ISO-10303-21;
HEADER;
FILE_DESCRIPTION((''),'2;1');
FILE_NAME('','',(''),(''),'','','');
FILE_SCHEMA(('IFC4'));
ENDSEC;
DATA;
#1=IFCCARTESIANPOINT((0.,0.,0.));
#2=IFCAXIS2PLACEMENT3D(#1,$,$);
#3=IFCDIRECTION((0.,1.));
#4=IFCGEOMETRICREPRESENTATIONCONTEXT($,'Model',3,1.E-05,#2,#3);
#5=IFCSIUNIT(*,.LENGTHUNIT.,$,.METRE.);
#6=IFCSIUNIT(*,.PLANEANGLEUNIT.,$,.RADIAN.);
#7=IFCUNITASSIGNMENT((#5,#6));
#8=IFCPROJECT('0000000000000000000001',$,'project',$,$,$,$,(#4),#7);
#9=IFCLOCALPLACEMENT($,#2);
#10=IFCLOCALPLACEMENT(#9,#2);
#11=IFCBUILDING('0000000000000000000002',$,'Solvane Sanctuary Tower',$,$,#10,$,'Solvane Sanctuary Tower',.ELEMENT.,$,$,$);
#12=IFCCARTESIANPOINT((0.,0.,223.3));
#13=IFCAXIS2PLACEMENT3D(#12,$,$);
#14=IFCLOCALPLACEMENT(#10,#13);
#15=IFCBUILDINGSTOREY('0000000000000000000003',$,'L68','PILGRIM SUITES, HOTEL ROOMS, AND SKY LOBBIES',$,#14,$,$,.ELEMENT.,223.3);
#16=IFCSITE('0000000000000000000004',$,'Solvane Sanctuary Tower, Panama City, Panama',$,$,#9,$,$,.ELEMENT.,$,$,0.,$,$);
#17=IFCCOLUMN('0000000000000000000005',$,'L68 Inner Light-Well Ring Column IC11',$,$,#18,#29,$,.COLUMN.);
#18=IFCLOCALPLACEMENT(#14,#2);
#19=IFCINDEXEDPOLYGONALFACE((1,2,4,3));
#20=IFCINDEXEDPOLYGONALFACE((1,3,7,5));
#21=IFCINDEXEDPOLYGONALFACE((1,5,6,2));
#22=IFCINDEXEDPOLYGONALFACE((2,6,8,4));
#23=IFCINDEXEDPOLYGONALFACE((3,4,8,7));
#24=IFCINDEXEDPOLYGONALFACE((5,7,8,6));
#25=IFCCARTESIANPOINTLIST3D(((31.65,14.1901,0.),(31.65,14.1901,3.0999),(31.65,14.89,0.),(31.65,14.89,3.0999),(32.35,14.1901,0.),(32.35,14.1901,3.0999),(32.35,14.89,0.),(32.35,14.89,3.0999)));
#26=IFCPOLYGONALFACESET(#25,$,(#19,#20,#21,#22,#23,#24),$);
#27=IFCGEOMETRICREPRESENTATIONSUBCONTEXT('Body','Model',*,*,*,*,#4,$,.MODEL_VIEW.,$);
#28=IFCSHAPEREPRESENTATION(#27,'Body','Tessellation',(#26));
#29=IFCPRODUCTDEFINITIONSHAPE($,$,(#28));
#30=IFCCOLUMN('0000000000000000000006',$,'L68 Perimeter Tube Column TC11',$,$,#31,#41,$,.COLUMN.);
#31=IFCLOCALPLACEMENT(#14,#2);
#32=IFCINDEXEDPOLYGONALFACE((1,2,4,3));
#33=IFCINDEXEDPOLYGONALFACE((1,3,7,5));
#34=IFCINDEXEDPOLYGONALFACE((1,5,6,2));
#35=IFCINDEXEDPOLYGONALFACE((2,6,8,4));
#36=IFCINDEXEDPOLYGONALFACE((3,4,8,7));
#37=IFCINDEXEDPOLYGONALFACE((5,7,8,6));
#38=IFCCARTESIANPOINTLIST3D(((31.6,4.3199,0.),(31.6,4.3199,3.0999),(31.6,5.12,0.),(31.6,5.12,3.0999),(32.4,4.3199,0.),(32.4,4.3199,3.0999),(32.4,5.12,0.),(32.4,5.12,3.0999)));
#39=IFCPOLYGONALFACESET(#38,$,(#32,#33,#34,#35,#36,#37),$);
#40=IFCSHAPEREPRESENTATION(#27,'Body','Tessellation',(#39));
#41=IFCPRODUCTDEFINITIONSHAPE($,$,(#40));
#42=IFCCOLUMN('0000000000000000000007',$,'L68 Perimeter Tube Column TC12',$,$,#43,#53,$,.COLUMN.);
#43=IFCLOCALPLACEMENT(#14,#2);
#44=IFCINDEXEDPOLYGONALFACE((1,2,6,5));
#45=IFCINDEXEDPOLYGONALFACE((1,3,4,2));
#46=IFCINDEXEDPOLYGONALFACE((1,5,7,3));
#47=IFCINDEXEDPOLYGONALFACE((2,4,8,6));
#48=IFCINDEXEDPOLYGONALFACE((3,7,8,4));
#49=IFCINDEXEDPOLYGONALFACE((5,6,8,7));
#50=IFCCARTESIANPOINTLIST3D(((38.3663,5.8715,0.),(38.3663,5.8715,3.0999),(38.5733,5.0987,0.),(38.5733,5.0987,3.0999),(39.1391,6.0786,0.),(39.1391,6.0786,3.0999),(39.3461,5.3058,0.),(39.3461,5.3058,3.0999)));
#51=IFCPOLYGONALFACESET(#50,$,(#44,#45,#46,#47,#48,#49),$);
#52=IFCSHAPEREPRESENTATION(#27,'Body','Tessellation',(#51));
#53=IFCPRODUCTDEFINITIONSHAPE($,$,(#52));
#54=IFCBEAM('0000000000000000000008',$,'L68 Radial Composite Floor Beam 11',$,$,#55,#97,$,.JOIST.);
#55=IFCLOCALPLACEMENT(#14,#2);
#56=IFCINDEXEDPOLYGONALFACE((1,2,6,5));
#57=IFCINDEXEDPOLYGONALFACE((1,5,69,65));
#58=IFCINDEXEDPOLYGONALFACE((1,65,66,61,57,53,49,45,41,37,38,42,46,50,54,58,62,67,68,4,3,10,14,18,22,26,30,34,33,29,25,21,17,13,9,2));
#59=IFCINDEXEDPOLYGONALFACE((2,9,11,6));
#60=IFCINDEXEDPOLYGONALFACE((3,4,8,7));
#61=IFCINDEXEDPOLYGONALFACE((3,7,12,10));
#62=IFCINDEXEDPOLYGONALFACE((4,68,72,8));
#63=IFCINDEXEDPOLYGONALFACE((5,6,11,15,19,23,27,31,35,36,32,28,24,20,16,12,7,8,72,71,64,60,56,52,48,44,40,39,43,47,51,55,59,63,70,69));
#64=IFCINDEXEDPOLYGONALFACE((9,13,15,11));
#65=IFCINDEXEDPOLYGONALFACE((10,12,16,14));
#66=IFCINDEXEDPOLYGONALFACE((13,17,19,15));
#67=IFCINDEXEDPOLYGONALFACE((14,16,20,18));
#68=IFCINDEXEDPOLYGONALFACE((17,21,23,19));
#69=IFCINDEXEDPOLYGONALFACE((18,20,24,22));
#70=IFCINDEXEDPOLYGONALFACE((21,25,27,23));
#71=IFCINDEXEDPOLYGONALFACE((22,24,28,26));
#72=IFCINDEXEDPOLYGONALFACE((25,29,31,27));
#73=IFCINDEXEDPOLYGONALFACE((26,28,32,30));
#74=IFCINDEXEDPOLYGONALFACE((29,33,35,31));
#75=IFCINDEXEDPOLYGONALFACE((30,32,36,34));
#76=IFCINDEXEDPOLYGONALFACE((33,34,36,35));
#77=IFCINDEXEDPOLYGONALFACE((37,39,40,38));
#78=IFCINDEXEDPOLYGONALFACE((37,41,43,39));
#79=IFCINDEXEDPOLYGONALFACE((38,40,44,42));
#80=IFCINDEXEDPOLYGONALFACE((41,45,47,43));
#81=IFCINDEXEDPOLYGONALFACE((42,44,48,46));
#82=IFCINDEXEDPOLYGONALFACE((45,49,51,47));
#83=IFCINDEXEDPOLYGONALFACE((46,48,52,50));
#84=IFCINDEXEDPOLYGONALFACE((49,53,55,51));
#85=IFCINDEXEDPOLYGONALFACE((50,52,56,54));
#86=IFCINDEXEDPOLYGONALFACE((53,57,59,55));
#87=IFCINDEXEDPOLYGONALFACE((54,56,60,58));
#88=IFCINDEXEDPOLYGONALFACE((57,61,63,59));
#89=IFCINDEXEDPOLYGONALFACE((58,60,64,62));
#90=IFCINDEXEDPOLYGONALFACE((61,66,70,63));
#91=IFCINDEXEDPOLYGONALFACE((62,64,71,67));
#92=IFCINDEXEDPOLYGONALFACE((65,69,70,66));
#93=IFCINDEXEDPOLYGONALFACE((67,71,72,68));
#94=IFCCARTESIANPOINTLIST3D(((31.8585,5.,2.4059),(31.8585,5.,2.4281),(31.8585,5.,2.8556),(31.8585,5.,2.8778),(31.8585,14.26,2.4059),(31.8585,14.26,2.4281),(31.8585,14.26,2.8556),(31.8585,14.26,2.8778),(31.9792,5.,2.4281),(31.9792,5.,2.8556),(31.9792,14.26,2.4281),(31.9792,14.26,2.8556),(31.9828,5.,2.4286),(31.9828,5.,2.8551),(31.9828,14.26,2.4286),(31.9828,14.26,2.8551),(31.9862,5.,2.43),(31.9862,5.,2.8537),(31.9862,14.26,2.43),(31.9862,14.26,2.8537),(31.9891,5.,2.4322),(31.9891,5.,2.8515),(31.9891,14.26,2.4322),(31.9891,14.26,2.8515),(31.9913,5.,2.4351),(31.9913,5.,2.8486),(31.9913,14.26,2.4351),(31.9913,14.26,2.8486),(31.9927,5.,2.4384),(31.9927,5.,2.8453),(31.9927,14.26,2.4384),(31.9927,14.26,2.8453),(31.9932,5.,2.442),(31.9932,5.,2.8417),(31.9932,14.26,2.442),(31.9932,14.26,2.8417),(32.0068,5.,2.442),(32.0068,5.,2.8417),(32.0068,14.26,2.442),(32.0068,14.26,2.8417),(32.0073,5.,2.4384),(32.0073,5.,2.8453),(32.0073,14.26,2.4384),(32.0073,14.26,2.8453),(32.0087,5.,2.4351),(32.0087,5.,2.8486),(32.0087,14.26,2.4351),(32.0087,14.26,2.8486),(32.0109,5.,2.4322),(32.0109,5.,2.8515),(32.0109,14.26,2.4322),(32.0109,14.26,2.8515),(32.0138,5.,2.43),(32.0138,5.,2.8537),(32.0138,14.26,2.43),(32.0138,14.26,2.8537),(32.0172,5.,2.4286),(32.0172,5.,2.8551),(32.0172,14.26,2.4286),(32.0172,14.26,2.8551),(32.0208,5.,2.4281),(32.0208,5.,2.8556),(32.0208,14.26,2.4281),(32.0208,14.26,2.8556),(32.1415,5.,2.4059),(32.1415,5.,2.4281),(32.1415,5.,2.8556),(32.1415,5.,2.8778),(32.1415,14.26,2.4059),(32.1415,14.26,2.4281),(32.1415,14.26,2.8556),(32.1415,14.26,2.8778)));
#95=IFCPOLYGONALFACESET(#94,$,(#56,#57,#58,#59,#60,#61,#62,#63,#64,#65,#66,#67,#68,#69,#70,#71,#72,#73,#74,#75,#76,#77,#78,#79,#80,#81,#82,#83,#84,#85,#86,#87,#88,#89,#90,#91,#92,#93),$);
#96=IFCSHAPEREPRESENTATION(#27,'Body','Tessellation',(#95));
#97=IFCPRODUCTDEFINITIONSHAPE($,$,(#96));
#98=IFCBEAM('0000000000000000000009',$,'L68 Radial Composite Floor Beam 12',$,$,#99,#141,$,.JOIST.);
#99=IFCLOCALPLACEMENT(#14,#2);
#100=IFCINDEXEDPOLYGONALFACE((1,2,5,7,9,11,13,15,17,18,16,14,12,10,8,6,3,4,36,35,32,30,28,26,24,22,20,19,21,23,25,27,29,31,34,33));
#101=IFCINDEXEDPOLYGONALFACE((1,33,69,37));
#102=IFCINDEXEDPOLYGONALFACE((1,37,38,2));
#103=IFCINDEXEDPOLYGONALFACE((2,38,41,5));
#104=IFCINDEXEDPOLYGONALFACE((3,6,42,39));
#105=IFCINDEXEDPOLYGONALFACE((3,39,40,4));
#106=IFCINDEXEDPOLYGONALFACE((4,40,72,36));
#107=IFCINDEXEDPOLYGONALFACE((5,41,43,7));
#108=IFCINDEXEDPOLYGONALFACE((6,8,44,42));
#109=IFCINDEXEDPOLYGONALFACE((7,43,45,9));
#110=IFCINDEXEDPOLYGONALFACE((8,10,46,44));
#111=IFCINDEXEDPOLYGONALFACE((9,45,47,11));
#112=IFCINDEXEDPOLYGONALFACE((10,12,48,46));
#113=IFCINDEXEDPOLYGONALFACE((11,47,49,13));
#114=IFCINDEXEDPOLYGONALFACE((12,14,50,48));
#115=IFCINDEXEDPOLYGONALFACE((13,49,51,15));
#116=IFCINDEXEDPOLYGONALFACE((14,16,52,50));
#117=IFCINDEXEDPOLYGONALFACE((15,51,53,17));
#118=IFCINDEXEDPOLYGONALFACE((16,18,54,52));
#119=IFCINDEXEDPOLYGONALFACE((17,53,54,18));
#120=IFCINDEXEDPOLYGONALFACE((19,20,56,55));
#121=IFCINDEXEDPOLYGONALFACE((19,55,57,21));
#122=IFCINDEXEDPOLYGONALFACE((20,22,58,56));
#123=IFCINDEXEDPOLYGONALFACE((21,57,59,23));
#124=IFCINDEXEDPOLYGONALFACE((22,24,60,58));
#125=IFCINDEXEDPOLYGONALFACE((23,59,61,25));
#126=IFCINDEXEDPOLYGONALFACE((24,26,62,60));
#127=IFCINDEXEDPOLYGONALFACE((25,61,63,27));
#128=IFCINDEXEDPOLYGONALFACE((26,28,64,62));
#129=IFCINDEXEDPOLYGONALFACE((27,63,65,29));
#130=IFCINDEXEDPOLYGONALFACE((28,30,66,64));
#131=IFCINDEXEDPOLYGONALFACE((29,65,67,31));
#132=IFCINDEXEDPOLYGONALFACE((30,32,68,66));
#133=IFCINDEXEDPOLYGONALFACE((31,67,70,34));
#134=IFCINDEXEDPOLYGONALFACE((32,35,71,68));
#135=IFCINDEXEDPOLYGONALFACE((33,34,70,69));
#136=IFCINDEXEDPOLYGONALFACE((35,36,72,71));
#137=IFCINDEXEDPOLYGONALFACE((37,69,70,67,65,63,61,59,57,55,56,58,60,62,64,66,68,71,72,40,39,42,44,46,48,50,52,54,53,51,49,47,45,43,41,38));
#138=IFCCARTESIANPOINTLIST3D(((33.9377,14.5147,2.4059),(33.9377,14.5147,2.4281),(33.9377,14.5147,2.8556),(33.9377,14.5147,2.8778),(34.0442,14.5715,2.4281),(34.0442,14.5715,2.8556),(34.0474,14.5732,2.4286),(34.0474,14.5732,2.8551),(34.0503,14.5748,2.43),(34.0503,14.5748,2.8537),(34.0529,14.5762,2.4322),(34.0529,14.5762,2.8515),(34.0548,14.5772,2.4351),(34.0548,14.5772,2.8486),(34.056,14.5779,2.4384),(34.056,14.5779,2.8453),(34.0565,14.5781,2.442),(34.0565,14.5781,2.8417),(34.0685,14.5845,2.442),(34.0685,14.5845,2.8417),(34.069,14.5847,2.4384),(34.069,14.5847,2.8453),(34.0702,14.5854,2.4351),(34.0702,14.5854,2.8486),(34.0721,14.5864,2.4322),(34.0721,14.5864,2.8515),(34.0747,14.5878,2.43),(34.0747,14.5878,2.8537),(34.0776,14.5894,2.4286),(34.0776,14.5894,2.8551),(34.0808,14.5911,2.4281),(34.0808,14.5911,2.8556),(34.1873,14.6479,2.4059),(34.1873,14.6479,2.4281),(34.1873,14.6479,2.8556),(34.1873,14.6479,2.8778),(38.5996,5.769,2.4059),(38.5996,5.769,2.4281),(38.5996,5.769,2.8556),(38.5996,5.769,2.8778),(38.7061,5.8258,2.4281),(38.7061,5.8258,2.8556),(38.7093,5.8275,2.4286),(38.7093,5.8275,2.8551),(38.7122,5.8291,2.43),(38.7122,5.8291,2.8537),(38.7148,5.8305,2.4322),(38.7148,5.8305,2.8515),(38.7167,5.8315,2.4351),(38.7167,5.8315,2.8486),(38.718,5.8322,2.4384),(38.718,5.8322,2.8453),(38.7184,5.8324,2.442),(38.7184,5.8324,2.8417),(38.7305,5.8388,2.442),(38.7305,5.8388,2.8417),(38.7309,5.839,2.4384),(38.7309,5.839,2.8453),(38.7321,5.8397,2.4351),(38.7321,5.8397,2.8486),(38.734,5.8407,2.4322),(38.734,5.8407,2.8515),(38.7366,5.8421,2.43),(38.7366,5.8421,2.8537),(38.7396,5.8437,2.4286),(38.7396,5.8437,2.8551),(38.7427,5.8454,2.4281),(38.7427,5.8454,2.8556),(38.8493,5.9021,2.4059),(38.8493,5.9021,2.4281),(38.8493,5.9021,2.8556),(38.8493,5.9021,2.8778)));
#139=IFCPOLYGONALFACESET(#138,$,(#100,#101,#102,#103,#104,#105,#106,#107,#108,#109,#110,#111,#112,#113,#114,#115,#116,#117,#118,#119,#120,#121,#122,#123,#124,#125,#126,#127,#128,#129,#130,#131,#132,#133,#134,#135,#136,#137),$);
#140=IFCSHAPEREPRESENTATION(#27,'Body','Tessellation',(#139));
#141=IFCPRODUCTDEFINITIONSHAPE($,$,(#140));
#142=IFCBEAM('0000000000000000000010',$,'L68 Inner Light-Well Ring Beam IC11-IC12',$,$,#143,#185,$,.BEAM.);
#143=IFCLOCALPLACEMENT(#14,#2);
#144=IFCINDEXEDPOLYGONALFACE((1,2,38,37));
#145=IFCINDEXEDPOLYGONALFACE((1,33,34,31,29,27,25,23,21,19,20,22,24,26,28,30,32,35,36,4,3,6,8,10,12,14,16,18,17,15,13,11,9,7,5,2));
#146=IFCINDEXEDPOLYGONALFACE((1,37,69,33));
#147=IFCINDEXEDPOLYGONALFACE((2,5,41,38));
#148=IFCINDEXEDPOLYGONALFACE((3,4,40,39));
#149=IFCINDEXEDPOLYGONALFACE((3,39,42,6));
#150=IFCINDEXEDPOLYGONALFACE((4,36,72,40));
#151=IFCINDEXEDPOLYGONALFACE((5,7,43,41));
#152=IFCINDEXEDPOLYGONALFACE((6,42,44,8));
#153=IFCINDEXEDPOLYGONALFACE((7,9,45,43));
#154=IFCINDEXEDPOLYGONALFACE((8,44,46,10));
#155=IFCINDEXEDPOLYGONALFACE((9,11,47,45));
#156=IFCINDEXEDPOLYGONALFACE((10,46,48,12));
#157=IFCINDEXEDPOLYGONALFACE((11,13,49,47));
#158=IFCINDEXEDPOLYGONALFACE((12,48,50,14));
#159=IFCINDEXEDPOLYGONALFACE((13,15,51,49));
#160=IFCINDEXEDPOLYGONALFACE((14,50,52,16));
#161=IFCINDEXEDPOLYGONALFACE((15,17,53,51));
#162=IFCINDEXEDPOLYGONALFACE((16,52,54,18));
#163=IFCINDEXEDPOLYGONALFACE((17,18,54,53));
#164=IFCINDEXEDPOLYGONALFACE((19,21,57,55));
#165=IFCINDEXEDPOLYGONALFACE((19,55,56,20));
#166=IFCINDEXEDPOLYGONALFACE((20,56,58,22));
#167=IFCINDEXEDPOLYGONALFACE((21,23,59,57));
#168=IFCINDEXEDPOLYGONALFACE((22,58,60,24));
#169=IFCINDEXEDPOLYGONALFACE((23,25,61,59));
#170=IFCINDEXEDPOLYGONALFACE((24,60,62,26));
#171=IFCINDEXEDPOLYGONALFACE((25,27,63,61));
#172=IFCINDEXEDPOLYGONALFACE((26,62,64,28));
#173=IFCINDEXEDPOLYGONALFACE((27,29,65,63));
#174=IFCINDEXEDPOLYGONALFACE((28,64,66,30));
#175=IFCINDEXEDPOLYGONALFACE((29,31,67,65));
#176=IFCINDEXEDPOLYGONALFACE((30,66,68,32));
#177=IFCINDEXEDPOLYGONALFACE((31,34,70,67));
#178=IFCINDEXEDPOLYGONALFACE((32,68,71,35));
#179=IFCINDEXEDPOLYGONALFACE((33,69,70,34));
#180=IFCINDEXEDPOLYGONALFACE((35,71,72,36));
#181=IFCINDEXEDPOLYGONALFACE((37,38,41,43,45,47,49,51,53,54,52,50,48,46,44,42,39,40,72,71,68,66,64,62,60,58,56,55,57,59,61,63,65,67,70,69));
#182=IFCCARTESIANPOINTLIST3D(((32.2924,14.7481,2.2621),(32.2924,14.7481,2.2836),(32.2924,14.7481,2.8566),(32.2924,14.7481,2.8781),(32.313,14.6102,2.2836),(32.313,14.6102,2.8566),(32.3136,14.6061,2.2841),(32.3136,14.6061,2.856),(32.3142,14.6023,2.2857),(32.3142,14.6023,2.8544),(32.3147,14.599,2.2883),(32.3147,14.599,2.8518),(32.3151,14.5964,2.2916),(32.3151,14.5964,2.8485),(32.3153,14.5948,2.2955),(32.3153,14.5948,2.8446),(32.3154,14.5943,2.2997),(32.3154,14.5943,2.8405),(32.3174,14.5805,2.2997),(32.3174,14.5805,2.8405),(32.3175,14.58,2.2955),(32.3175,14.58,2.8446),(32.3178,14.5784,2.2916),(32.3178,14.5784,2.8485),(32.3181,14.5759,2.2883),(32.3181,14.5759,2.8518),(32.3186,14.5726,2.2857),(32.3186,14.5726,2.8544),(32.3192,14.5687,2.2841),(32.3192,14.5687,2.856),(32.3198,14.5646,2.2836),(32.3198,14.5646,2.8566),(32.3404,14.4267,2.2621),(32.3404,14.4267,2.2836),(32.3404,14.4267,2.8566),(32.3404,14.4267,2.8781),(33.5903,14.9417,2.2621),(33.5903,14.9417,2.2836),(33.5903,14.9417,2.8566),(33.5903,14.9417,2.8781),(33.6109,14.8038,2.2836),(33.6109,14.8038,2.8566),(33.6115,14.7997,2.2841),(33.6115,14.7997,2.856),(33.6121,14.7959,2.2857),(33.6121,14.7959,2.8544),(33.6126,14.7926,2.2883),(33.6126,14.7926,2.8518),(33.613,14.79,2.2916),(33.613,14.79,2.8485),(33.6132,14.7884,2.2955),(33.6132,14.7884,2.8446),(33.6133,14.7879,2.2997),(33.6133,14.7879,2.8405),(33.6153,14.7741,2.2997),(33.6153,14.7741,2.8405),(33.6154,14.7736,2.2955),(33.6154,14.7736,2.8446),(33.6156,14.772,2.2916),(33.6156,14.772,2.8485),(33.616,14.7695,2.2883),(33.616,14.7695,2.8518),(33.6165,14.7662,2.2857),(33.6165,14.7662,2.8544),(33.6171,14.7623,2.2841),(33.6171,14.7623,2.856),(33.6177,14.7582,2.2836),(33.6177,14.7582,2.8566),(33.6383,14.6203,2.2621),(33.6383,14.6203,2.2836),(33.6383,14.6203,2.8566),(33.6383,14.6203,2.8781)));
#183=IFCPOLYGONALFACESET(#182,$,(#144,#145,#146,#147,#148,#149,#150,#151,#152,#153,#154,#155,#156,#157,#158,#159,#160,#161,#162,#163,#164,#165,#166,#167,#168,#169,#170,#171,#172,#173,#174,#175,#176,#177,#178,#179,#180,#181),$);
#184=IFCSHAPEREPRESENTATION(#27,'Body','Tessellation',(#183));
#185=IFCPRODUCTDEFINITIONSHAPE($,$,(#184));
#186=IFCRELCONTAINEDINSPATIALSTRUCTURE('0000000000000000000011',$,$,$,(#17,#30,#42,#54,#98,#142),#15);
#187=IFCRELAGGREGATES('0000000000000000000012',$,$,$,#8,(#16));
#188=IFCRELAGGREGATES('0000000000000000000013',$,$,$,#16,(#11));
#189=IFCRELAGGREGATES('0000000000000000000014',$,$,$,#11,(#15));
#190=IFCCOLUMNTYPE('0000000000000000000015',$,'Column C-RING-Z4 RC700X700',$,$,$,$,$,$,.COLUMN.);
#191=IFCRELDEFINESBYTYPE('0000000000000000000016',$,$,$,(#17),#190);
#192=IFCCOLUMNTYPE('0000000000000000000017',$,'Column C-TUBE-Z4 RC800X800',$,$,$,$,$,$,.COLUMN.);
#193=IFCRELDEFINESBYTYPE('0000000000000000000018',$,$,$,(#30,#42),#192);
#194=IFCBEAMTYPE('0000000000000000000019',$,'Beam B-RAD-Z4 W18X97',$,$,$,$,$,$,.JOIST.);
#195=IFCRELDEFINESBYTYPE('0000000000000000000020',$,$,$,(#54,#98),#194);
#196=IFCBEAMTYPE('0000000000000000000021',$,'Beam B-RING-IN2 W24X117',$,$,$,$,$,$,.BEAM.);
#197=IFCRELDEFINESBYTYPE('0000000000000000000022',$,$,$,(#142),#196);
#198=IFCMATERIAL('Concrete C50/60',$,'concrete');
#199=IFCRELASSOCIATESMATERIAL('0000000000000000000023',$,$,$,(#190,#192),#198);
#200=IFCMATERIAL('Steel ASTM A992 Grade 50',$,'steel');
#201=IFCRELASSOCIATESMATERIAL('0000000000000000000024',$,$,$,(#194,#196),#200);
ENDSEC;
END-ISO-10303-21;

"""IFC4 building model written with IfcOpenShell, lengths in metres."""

from ifc_helpers import new_model, si_unit, direction, frame, origin, origin_2d, place, context, subcontext, project, spatial, rectangle, i_section, extrude, material, material_profile, profile_set, type_object, element, save


model = new_model("IFC4")

# Units and contexts
model_context = context("Model", 3, precision=1e-05, world=origin(), true_north=direction((0.0, 1.0)))
body_context = subcontext(model_context, "Body", "Model", "MODEL_VIEW")
ifc_project = project(units=[si_unit("LENGTHUNIT", "METRE"), si_unit("PLANEANGLEUNIT", "RADIAN")], contexts=[model_context])

# Site, building, storey
site_placement = place(None, origin())
site = spatial("IfcSite", under=ifc_project, at=site_placement, Name="Solvane Sanctuary Tower, Panama City, Panama", CompositionType="ELEMENT", RefElevation=0.0)
building_placement = place(site_placement, origin())
building = spatial("IfcBuilding", under=site, at=building_placement, Name="Solvane Sanctuary Tower", LongName="Solvane Sanctuary Tower", CompositionType="ELEMENT")
storey_placement = place(building_placement, frame((0.0, 0.0, 223.3)))
storey = spatial("IfcBuildingStorey", under=building, at=storey_placement, Name="L68", Description="PILGRIM SUITES, HOTEL ROOMS, AND SKY LOBBIES", CompositionType="ELEMENT", Elevation=223.3)

# Columns
ifc_material_1 = material(Name="Concrete C50/60", Category="concrete")
ifc_material_profile_1 = material_profile(ifc_material_1, rectangle(XDim=0.7, YDim=0.7, at=origin_2d()), Name="RC700X700")
ifc_profile_set_1 = profile_set([ifc_material_profile_1], Name="Concrete C50/60")
column_type_1 = type_object("IfcColumnType", Name="Column C-RING-Z4 RC700X700", PredefinedType="COLUMN", material=ifc_profile_set_1)
column_placement = place(storey_placement, frame((32.0, 14.54, 0.0), z_axis=(0.0, 0.0, 1.0), x_axis=(1.0, 0.0, 0.0)))
element("IfcColumn", 1, at=column_placement, inside=storey, type_object=column_type_1, Name="L68 Inner Light-Well Ring Column IC11", PredefinedType="COLUMN", context=body_context, shape_type="SweptSolid", body=[
    extrude(rectangle(XDim=0.7, YDim=0.7, at=origin_2d()), origin(), (0.0, 0.0, 1.0), 3.0999),
])
ifc_material_profile_2 = material_profile(ifc_material_1, rectangle(XDim=0.8, YDim=0.8, at=origin_2d()), Name="RC800X800")
ifc_profile_set_2 = profile_set([ifc_material_profile_2], Name="Concrete C50/60")
column_type_2 = type_object("IfcColumnType", Name="Column C-TUBE-Z4 RC800X800", PredefinedType="COLUMN", material=ifc_profile_set_2)
for number, where, z_axis, x_axis, name in (
    (2, (32.0, 4.72, 0.0), (0.0, 0.0, 1.0), (0.0, -1.0, 0.0), "L68 Perimeter Tube Column TC11"),
    (3, (38.8562, 5.5886, 0.0), (0.0, 0.0, 1.0), (0.258819, -0.965926, 0.0), "L68 Perimeter Tube Column TC12"),
):
    element("IfcColumn", number, at=place(storey_placement, frame(where, z_axis=z_axis, x_axis=x_axis)), inside=storey, type_object=column_type_2, Name=name, PredefinedType="COLUMN", context=body_context, shape_type="SweptSolid", body=[
        extrude(rectangle(XDim=0.8, YDim=0.8, at=origin_2d()), origin(), (0.0, 0.0, 1.0), 3.0999),
    ])

# Beams
ifc_material_2 = material(Name="Steel ASTM A992 Grade 50", Category="steel")
ifc_material_profile_3 = material_profile(ifc_material_2, i_section(OverallWidth=0.283, OverallDepth=0.4719, WebThickness=0.0137, FlangeThickness=0.0222, FilletRadius=0.0139, at=origin_2d()), Name="W18X97")
ifc_profile_set_3 = profile_set([ifc_material_profile_3], Name="Steel ASTM A992 Grade 50")
beam_type_1 = type_object("IfcBeamType", Name="Beam B-RAD-Z4 W18X97", PredefinedType="JOIST", material=ifc_profile_set_3)
beam_1_placement = place(storey_placement, frame((32.0, 14.26, 2.6418), z_axis=(0.0, -1.0, 0.0), x_axis=(1.0, 0.0, 0.0)))
element("IfcBeam", 4, at=beam_1_placement, inside=storey, type_object=beam_type_1, Name="L68 Radial Composite Floor Beam 11", PredefinedType="JOIST", context=body_context, shape_type="SweptSolid", body=[
    extrude(i_section(OverallWidth=0.283, OverallDepth=0.4719, WebThickness=0.0137, FlangeThickness=0.0222, FilletRadius=0.0139, at=origin_2d()), origin(), (0.0, 0.0, 1.0), 9.26),
])
beam_2_placement = place(storey_placement, frame((34.0625, 14.5813, 2.6418), z_axis=(0.470395, -0.882456, 0.0), x_axis=(0.882456, 0.470395, 0.0)))
element("IfcBeam", 5, at=beam_2_placement, inside=storey, type_object=beam_type_1, Name="L68 Radial Composite Floor Beam 12", PredefinedType="JOIST", context=body_context, shape_type="SweptSolid", body=[
    extrude(i_section(OverallWidth=0.283, OverallDepth=0.4719, WebThickness=0.0137, FlangeThickness=0.0222, FilletRadius=0.0139, at=origin_2d()), origin(), (0.0, 0.0, 1.0), 9.9106),
])
ifc_material_profile_4 = material_profile(ifc_material_2, i_section(OverallWidth=0.325, OverallDepth=0.616, WebThickness=0.0139, FlangeThickness=0.0215, FilletRadius=0.0161, at=origin_2d()), Name="W24X117")
ifc_profile_set_4 = profile_set([ifc_material_profile_4], Name="Steel ASTM A992 Grade 50")
beam_type_2 = type_object("IfcBeamType", Name="Beam B-RING-IN2 W24X117", PredefinedType="BEAM", material=ifc_profile_set_4)
beam_3_placement = place(storey_placement, frame((32.3164, 14.5874, 2.5701), z_axis=(0.989056, 0.14754, 0.0), x_axis=(-0.14754, 0.989056, 0.0)))
element("IfcBeam", 6, at=beam_3_placement, inside=storey, type_object=beam_type_2, Name="L68 Inner Light-Well Ring Beam IC11-IC12", PredefinedType="BEAM", context=body_context, shape_type="SweptSolid", body=[
    extrude(i_section(OverallWidth=0.325, OverallDepth=0.616, WebThickness=0.0139, FlangeThickness=0.0215, FilletRadius=0.0161, at=origin_2d()), origin(), (0.0, 0.0, 1.0), 1.3123),
])

save(model, "model.ifc")
